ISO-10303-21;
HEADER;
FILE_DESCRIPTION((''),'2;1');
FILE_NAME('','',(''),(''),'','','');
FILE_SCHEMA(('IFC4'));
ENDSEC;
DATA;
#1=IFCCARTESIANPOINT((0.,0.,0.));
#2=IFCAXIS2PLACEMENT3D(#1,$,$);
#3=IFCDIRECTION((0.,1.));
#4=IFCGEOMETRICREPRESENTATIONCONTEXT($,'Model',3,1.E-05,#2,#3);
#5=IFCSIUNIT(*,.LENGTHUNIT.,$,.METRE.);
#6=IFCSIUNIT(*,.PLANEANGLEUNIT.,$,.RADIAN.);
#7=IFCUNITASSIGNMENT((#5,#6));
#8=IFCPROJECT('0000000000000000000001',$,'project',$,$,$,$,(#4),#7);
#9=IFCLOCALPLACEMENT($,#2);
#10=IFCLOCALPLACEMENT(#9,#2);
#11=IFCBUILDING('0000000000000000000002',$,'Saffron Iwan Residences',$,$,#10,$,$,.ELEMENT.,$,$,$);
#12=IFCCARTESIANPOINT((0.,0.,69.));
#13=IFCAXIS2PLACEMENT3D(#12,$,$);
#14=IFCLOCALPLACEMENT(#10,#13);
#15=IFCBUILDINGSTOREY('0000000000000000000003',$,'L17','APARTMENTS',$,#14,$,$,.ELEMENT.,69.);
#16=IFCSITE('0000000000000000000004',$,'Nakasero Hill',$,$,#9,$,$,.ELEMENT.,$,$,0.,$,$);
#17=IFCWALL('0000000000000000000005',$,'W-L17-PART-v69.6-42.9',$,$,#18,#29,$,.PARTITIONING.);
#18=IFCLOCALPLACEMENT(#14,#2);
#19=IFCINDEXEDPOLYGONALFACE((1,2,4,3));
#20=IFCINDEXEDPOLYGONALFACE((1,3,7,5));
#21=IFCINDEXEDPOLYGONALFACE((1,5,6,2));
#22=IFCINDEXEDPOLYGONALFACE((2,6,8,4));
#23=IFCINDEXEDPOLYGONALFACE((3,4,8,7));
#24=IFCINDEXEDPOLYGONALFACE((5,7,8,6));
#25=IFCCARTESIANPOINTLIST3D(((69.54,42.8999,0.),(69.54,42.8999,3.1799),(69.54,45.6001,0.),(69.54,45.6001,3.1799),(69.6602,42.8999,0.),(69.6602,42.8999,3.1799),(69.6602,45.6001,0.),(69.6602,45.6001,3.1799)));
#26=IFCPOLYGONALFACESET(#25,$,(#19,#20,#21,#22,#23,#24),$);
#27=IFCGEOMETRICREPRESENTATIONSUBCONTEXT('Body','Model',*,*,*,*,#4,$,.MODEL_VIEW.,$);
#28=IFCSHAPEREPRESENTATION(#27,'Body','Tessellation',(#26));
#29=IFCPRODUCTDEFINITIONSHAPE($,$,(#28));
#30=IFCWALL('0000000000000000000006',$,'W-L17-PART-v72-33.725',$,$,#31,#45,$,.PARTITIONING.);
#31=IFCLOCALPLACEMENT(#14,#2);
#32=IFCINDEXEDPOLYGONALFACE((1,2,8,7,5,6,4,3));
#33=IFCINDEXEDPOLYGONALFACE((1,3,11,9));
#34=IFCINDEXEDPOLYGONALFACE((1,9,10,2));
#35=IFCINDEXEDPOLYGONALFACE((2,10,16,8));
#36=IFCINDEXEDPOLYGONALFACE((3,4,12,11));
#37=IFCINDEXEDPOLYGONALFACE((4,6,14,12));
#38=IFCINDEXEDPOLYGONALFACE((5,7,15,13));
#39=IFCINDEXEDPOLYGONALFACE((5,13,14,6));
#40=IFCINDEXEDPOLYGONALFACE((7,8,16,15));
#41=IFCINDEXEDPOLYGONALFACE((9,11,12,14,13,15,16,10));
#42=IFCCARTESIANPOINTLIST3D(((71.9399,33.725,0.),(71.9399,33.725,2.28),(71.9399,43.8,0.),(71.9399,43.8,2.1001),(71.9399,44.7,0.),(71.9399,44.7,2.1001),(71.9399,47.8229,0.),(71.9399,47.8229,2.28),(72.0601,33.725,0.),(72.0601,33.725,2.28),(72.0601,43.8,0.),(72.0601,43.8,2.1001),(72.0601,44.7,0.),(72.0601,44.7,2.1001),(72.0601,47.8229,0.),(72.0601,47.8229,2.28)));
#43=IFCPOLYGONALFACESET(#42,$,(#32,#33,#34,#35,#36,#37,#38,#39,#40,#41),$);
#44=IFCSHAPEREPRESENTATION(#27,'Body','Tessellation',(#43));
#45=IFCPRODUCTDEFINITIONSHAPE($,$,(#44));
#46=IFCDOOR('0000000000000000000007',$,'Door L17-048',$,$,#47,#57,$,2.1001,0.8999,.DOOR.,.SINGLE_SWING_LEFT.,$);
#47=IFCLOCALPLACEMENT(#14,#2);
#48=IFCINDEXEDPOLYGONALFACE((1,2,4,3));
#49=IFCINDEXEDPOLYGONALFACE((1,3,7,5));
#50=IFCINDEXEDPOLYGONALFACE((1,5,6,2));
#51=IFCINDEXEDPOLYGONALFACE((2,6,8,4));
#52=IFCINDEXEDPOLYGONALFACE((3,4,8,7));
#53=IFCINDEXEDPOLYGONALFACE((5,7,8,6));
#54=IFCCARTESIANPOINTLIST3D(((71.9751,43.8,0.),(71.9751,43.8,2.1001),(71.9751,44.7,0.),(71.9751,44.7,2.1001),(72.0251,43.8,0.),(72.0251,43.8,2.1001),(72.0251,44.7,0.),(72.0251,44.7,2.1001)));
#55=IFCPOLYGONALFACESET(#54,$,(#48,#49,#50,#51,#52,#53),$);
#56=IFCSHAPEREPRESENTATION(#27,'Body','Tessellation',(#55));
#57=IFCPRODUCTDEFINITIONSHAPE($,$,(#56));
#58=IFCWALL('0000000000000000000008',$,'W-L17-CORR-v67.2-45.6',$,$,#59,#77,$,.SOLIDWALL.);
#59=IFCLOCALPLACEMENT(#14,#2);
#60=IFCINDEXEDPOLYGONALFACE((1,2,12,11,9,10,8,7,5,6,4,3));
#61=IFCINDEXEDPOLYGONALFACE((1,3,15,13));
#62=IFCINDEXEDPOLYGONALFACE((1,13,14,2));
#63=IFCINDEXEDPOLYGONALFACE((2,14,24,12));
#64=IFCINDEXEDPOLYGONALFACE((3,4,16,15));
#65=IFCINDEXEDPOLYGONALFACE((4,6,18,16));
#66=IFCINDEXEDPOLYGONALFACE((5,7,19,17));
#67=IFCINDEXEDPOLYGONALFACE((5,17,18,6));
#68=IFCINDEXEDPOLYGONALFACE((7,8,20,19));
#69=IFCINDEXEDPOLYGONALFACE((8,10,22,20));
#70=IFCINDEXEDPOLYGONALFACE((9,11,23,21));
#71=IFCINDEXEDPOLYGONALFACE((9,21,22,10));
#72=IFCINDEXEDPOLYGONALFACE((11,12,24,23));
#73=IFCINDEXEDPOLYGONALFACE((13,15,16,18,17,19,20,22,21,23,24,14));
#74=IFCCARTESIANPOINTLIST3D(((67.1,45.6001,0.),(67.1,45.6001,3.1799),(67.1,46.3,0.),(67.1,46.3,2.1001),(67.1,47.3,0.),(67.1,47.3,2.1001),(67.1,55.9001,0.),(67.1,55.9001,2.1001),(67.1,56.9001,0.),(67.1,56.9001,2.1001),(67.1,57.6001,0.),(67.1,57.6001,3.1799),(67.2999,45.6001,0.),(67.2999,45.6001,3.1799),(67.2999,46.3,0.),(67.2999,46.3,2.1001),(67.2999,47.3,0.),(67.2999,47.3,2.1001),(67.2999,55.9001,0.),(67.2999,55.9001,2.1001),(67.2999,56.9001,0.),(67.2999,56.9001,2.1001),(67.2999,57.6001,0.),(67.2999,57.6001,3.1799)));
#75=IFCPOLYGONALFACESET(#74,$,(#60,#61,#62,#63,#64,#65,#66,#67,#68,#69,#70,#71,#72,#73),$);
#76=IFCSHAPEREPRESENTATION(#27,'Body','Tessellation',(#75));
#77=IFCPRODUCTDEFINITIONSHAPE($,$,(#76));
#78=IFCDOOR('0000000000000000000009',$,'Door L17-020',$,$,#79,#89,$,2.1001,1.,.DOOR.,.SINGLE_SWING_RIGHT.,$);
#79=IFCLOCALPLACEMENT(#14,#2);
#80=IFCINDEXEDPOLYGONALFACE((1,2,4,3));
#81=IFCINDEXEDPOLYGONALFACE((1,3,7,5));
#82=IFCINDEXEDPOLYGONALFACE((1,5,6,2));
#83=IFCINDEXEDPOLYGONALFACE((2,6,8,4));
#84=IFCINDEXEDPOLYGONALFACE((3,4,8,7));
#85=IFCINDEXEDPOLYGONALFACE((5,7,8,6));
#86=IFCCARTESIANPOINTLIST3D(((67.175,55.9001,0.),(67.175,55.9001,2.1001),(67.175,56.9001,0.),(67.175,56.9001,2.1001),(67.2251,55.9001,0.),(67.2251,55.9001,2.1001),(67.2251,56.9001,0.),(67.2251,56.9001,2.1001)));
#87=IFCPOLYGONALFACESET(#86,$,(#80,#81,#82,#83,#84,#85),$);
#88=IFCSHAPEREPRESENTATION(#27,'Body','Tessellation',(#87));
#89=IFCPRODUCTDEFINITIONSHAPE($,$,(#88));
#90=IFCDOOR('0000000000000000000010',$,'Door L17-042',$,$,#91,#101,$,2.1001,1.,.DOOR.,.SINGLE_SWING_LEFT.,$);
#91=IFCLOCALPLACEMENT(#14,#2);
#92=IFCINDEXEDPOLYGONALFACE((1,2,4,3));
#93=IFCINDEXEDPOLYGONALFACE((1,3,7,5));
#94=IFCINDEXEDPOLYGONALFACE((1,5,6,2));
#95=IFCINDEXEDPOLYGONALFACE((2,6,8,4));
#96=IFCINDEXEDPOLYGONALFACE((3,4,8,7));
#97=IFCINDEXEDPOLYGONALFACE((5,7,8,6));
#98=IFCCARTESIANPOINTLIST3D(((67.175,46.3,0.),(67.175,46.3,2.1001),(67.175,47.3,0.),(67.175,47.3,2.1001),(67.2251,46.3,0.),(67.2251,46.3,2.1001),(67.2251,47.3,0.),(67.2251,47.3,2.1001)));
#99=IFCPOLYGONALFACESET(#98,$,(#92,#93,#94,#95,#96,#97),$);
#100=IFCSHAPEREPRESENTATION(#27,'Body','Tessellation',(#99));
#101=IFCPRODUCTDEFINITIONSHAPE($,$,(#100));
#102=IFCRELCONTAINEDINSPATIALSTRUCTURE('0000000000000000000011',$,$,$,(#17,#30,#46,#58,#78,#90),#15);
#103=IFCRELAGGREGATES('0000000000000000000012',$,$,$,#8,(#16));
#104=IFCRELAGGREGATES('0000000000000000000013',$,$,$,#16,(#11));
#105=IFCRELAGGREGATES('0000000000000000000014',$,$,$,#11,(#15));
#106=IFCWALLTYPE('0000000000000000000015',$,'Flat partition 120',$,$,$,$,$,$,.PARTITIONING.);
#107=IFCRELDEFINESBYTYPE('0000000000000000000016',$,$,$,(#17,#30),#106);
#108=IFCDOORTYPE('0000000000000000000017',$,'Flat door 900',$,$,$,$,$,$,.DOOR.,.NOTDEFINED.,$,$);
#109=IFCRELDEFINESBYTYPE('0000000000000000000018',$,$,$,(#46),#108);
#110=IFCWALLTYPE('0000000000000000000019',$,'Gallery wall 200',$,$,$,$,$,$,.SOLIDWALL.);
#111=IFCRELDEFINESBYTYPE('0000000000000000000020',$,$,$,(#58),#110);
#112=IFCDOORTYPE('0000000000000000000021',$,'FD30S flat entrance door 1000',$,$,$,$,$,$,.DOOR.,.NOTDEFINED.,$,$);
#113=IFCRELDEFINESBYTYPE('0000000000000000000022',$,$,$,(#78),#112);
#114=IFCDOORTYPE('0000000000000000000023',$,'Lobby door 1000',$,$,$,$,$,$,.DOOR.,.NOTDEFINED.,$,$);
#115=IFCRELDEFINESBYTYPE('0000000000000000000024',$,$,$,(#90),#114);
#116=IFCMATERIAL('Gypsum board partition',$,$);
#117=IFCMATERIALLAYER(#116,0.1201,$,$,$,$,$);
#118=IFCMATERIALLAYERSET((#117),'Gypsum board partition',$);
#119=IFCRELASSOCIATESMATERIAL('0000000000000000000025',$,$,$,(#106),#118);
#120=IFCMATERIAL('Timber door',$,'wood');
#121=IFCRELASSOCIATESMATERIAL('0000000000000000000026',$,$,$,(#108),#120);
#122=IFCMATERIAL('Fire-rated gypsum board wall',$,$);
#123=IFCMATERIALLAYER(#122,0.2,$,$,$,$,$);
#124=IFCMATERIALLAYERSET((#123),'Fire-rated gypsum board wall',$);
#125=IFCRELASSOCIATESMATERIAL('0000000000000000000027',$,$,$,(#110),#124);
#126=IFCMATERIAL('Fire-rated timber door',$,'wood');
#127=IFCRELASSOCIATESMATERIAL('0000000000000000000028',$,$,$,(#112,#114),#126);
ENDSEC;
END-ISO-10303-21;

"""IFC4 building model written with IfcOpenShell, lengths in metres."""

from ifc_helpers import new_model, si_unit, direction, frame, frame_2d, origin, place, context, subcontext, project, spatial, rectangle, extrude, material, layer, layer_set, type_object, element, fill, save


model = new_model("IFC4")

# Units and contexts
model_context = context("Model", 3, precision=1e-05, world=origin(), true_north=direction((0.0, 1.0)))
body_context = subcontext(model_context, "Body", "Model", "MODEL_VIEW")
ifc_project = project(units=[si_unit("LENGTHUNIT", "METRE"), si_unit("PLANEANGLEUNIT", "RADIAN")], contexts=[model_context])

# Site, building, storey
site_placement = place(None, origin())
site = spatial("IfcSite", under=ifc_project, at=site_placement, Name="Nakasero Hill", CompositionType="ELEMENT", RefElevation=0.0)
building_placement = place(site_placement, origin())
building = spatial("IfcBuilding", under=site, at=building_placement, Name="Saffron Iwan Residences", CompositionType="ELEMENT")
storey_placement = place(building_placement, frame((0.0, 0.0, 69.0)))
storey = spatial("IfcBuildingStorey", under=building, at=storey_placement, Name="L17", Description="APARTMENTS", CompositionType="ELEMENT", Elevation=69.0)

# Wall
ifc_material_1 = material(Name="Gypsum board partition")
ifc_layer_1 = layer(ifc_material_1, 0.1201)
ifc_layer_set_1 = layer_set([ifc_layer_1], Name="Gypsum board partition")
wall_type_1 = type_object("IfcWallType", Name="Flat partition 120", PredefinedType="PARTITIONING", material=ifc_layer_set_1)
wall_1_placement = place(storey_placement, frame((69.6001, 42.8999, 0.0), z_axis=(0.0, 0.0, 1.0), x_axis=(0.0, 1.0, 0.0)))
element("IfcWall", 1, at=wall_1_placement, inside=storey, type_object=wall_type_1, Name="W-L17-PART-v69.6-42.9", PredefinedType="PARTITIONING", context=body_context, shape_type="SweptSolid", body=[
    extrude(rectangle(XDim=2.7002, YDim=0.1201, at=frame_2d((1.3501, 0.0))), origin(), (0.0, 0.0, 1.0), 3.1799),
])

# Wall, opening, door
wall_2_placement = place(storey_placement, frame((72.0, 33.7251, 0.0), z_axis=(0.0, 0.0, 1.0), x_axis=(0.0, 1.0, 0.0)))
wall_2 = element("IfcWall", 2, at=wall_2_placement, inside=storey, type_object=wall_type_1, Name="W-L17-PART-v72-33.725", PredefinedType="PARTITIONING", context=body_context, shape_type="SweptSolid", body=[
    extrude(rectangle(XDim=14.0979, YDim=0.1201, at=frame_2d((7.0488, 0.0))), origin(), (0.0, 0.0, 1.0), 2.28),
])
opening_1_placement = place(wall_2_placement, frame((10.075, 0.0, 0.0)))
opening_1 = element("IfcOpeningElement", 3, at=opening_1_placement, cuts=wall_2, PredefinedType="OPENING", context=body_context, shape_type="SweptSolid", body=[
    extrude(rectangle(XDim=0.8999, YDim=2.1001, at=frame_2d((0.45, 1.05))), frame((0.0, 0.0701, 0.0), z_axis=(0.0, -1.0, 0.0), x_axis=(1.0, 0.0, 0.0)), (0.0, 0.0, 1.0), 0.1401),
])
ifc_material_2 = material(Name="Timber door", Category="wood")
door_type_1 = type_object("IfcDoorType", Name="Flat door 900", OperationType="NOTDEFINED", PredefinedType="DOOR", material=ifc_material_2)
door_1_placement = place(opening_1_placement, origin())
door_1 = element("IfcDoor", 4, at=door_1_placement, inside=storey, type_object=door_type_1, Name="Door L17-048", OperationType="SINGLE_SWING_LEFT", OverallHeight=2.1001, OverallWidth=0.8999, PredefinedType="DOOR", context=body_context, shape_type="SweptSolid", body=[
    extrude(rectangle(XDim=0.8999, YDim=2.1001, at=frame_2d((0.45, 1.05))), frame((0.0, 0.0249, 0.0), z_axis=(0.0, -1.0, 0.0), x_axis=(1.0, 0.0, 0.0)), (0.0, 0.0, 1.0), 0.05),
])
fill(opening_1, door_1)

# Wall, openings, doors
ifc_material_3 = material(Name="Fire-rated gypsum board wall")
ifc_layer_2 = layer(ifc_material_3, 0.2)
ifc_layer_set_2 = layer_set([ifc_layer_2], Name="Fire-rated gypsum board wall")
wall_type_2 = type_object("IfcWallType", Name="Gallery wall 200", PredefinedType="SOLIDWALL", material=ifc_layer_set_2)
wall_3_placement = place(storey_placement, frame((67.2, 45.6001, 0.0), z_axis=(0.0, 0.0, 1.0), x_axis=(0.0, 1.0, 0.0)))
wall_3 = element("IfcWall", 5, at=wall_3_placement, inside=storey, type_object=wall_type_2, Name="W-L17-CORR-v67.2-45.6", PredefinedType="SOLIDWALL", context=body_context, shape_type="SweptSolid", body=[
    extrude(rectangle(XDim=12.0, YDim=0.2, at=frame_2d((6.0, 0.0))), origin(), (0.0, 0.0, 1.0), 3.1799),
])
opening_2_placement = place(wall_3_placement, frame((10.3, 0.0, 0.0)))
opening_2 = element("IfcOpeningElement", 6, at=opening_2_placement, cuts=wall_3, PredefinedType="OPENING", context=body_context, shape_type="SweptSolid", body=[
    extrude(rectangle(XDim=1.0, YDim=2.1001, at=frame_2d((0.5, 1.05))), frame((0.0, 0.1099, 0.0), z_axis=(0.0, -1.0, 0.0), x_axis=(1.0, 0.0, 0.0)), (0.0, 0.0, 1.0), 0.22),
])
opening_3_placement = place(wall_3_placement, frame((0.7, 0.0, 0.0)))
opening_3 = element("IfcOpeningElement", 7, at=opening_3_placement, cuts=wall_3, PredefinedType="OPENING", context=body_context, shape_type="SweptSolid", body=[
    extrude(rectangle(XDim=1.0, YDim=2.1001, at=frame_2d((0.5, 1.05))), frame((0.0, 0.1099, 0.0), z_axis=(0.0, -1.0, 0.0), x_axis=(1.0, 0.0, 0.0)), (0.0, 0.0, 1.0), 0.22),
])
ifc_material_4 = material(Name="Fire-rated timber door", Category="wood")
door_type_2 = type_object("IfcDoorType", Name="FD30S flat entrance door 1000", OperationType="NOTDEFINED", PredefinedType="DOOR", material=ifc_material_4)
door_2_placement = place(opening_2_placement, origin())
door_2 = element("IfcDoor", 8, at=door_2_placement, inside=storey, type_object=door_type_2, Name="Door L17-020", OperationType="SINGLE_SWING_RIGHT", OverallHeight=2.1001, OverallWidth=1.0, PredefinedType="DOOR", context=body_context, shape_type="SweptSolid", body=[
    extrude(rectangle(XDim=1.0, YDim=2.1001, at=frame_2d((0.5, 1.05))), frame((0.0, 0.0249, 0.0), z_axis=(0.0, -1.0, 0.0), x_axis=(1.0, 0.0, 0.0)), (0.0, 0.0, 1.0), 0.05),
])
fill(opening_2, door_2)
door_type_3 = type_object("IfcDoorType", Name="Lobby door 1000", OperationType="NOTDEFINED", PredefinedType="DOOR", material=ifc_material_4)
door_3_placement = place(opening_3_placement, origin())
door_3 = element("IfcDoor", 9, at=door_3_placement, inside=storey, type_object=door_type_3, Name="Door L17-042", OperationType="SINGLE_SWING_LEFT", OverallHeight=2.1001, OverallWidth=1.0, PredefinedType="DOOR", context=body_context, shape_type="SweptSolid", body=[
    extrude(rectangle(XDim=1.0, YDim=2.1001, at=frame_2d((0.5, 1.05))), frame((0.0, 0.0249, 0.0), z_axis=(0.0, -1.0, 0.0), x_axis=(1.0, 0.0, 0.0)), (0.0, 0.0, 1.0), 0.05),
])
fill(opening_3, door_3)

save(model, "model.ifc")
